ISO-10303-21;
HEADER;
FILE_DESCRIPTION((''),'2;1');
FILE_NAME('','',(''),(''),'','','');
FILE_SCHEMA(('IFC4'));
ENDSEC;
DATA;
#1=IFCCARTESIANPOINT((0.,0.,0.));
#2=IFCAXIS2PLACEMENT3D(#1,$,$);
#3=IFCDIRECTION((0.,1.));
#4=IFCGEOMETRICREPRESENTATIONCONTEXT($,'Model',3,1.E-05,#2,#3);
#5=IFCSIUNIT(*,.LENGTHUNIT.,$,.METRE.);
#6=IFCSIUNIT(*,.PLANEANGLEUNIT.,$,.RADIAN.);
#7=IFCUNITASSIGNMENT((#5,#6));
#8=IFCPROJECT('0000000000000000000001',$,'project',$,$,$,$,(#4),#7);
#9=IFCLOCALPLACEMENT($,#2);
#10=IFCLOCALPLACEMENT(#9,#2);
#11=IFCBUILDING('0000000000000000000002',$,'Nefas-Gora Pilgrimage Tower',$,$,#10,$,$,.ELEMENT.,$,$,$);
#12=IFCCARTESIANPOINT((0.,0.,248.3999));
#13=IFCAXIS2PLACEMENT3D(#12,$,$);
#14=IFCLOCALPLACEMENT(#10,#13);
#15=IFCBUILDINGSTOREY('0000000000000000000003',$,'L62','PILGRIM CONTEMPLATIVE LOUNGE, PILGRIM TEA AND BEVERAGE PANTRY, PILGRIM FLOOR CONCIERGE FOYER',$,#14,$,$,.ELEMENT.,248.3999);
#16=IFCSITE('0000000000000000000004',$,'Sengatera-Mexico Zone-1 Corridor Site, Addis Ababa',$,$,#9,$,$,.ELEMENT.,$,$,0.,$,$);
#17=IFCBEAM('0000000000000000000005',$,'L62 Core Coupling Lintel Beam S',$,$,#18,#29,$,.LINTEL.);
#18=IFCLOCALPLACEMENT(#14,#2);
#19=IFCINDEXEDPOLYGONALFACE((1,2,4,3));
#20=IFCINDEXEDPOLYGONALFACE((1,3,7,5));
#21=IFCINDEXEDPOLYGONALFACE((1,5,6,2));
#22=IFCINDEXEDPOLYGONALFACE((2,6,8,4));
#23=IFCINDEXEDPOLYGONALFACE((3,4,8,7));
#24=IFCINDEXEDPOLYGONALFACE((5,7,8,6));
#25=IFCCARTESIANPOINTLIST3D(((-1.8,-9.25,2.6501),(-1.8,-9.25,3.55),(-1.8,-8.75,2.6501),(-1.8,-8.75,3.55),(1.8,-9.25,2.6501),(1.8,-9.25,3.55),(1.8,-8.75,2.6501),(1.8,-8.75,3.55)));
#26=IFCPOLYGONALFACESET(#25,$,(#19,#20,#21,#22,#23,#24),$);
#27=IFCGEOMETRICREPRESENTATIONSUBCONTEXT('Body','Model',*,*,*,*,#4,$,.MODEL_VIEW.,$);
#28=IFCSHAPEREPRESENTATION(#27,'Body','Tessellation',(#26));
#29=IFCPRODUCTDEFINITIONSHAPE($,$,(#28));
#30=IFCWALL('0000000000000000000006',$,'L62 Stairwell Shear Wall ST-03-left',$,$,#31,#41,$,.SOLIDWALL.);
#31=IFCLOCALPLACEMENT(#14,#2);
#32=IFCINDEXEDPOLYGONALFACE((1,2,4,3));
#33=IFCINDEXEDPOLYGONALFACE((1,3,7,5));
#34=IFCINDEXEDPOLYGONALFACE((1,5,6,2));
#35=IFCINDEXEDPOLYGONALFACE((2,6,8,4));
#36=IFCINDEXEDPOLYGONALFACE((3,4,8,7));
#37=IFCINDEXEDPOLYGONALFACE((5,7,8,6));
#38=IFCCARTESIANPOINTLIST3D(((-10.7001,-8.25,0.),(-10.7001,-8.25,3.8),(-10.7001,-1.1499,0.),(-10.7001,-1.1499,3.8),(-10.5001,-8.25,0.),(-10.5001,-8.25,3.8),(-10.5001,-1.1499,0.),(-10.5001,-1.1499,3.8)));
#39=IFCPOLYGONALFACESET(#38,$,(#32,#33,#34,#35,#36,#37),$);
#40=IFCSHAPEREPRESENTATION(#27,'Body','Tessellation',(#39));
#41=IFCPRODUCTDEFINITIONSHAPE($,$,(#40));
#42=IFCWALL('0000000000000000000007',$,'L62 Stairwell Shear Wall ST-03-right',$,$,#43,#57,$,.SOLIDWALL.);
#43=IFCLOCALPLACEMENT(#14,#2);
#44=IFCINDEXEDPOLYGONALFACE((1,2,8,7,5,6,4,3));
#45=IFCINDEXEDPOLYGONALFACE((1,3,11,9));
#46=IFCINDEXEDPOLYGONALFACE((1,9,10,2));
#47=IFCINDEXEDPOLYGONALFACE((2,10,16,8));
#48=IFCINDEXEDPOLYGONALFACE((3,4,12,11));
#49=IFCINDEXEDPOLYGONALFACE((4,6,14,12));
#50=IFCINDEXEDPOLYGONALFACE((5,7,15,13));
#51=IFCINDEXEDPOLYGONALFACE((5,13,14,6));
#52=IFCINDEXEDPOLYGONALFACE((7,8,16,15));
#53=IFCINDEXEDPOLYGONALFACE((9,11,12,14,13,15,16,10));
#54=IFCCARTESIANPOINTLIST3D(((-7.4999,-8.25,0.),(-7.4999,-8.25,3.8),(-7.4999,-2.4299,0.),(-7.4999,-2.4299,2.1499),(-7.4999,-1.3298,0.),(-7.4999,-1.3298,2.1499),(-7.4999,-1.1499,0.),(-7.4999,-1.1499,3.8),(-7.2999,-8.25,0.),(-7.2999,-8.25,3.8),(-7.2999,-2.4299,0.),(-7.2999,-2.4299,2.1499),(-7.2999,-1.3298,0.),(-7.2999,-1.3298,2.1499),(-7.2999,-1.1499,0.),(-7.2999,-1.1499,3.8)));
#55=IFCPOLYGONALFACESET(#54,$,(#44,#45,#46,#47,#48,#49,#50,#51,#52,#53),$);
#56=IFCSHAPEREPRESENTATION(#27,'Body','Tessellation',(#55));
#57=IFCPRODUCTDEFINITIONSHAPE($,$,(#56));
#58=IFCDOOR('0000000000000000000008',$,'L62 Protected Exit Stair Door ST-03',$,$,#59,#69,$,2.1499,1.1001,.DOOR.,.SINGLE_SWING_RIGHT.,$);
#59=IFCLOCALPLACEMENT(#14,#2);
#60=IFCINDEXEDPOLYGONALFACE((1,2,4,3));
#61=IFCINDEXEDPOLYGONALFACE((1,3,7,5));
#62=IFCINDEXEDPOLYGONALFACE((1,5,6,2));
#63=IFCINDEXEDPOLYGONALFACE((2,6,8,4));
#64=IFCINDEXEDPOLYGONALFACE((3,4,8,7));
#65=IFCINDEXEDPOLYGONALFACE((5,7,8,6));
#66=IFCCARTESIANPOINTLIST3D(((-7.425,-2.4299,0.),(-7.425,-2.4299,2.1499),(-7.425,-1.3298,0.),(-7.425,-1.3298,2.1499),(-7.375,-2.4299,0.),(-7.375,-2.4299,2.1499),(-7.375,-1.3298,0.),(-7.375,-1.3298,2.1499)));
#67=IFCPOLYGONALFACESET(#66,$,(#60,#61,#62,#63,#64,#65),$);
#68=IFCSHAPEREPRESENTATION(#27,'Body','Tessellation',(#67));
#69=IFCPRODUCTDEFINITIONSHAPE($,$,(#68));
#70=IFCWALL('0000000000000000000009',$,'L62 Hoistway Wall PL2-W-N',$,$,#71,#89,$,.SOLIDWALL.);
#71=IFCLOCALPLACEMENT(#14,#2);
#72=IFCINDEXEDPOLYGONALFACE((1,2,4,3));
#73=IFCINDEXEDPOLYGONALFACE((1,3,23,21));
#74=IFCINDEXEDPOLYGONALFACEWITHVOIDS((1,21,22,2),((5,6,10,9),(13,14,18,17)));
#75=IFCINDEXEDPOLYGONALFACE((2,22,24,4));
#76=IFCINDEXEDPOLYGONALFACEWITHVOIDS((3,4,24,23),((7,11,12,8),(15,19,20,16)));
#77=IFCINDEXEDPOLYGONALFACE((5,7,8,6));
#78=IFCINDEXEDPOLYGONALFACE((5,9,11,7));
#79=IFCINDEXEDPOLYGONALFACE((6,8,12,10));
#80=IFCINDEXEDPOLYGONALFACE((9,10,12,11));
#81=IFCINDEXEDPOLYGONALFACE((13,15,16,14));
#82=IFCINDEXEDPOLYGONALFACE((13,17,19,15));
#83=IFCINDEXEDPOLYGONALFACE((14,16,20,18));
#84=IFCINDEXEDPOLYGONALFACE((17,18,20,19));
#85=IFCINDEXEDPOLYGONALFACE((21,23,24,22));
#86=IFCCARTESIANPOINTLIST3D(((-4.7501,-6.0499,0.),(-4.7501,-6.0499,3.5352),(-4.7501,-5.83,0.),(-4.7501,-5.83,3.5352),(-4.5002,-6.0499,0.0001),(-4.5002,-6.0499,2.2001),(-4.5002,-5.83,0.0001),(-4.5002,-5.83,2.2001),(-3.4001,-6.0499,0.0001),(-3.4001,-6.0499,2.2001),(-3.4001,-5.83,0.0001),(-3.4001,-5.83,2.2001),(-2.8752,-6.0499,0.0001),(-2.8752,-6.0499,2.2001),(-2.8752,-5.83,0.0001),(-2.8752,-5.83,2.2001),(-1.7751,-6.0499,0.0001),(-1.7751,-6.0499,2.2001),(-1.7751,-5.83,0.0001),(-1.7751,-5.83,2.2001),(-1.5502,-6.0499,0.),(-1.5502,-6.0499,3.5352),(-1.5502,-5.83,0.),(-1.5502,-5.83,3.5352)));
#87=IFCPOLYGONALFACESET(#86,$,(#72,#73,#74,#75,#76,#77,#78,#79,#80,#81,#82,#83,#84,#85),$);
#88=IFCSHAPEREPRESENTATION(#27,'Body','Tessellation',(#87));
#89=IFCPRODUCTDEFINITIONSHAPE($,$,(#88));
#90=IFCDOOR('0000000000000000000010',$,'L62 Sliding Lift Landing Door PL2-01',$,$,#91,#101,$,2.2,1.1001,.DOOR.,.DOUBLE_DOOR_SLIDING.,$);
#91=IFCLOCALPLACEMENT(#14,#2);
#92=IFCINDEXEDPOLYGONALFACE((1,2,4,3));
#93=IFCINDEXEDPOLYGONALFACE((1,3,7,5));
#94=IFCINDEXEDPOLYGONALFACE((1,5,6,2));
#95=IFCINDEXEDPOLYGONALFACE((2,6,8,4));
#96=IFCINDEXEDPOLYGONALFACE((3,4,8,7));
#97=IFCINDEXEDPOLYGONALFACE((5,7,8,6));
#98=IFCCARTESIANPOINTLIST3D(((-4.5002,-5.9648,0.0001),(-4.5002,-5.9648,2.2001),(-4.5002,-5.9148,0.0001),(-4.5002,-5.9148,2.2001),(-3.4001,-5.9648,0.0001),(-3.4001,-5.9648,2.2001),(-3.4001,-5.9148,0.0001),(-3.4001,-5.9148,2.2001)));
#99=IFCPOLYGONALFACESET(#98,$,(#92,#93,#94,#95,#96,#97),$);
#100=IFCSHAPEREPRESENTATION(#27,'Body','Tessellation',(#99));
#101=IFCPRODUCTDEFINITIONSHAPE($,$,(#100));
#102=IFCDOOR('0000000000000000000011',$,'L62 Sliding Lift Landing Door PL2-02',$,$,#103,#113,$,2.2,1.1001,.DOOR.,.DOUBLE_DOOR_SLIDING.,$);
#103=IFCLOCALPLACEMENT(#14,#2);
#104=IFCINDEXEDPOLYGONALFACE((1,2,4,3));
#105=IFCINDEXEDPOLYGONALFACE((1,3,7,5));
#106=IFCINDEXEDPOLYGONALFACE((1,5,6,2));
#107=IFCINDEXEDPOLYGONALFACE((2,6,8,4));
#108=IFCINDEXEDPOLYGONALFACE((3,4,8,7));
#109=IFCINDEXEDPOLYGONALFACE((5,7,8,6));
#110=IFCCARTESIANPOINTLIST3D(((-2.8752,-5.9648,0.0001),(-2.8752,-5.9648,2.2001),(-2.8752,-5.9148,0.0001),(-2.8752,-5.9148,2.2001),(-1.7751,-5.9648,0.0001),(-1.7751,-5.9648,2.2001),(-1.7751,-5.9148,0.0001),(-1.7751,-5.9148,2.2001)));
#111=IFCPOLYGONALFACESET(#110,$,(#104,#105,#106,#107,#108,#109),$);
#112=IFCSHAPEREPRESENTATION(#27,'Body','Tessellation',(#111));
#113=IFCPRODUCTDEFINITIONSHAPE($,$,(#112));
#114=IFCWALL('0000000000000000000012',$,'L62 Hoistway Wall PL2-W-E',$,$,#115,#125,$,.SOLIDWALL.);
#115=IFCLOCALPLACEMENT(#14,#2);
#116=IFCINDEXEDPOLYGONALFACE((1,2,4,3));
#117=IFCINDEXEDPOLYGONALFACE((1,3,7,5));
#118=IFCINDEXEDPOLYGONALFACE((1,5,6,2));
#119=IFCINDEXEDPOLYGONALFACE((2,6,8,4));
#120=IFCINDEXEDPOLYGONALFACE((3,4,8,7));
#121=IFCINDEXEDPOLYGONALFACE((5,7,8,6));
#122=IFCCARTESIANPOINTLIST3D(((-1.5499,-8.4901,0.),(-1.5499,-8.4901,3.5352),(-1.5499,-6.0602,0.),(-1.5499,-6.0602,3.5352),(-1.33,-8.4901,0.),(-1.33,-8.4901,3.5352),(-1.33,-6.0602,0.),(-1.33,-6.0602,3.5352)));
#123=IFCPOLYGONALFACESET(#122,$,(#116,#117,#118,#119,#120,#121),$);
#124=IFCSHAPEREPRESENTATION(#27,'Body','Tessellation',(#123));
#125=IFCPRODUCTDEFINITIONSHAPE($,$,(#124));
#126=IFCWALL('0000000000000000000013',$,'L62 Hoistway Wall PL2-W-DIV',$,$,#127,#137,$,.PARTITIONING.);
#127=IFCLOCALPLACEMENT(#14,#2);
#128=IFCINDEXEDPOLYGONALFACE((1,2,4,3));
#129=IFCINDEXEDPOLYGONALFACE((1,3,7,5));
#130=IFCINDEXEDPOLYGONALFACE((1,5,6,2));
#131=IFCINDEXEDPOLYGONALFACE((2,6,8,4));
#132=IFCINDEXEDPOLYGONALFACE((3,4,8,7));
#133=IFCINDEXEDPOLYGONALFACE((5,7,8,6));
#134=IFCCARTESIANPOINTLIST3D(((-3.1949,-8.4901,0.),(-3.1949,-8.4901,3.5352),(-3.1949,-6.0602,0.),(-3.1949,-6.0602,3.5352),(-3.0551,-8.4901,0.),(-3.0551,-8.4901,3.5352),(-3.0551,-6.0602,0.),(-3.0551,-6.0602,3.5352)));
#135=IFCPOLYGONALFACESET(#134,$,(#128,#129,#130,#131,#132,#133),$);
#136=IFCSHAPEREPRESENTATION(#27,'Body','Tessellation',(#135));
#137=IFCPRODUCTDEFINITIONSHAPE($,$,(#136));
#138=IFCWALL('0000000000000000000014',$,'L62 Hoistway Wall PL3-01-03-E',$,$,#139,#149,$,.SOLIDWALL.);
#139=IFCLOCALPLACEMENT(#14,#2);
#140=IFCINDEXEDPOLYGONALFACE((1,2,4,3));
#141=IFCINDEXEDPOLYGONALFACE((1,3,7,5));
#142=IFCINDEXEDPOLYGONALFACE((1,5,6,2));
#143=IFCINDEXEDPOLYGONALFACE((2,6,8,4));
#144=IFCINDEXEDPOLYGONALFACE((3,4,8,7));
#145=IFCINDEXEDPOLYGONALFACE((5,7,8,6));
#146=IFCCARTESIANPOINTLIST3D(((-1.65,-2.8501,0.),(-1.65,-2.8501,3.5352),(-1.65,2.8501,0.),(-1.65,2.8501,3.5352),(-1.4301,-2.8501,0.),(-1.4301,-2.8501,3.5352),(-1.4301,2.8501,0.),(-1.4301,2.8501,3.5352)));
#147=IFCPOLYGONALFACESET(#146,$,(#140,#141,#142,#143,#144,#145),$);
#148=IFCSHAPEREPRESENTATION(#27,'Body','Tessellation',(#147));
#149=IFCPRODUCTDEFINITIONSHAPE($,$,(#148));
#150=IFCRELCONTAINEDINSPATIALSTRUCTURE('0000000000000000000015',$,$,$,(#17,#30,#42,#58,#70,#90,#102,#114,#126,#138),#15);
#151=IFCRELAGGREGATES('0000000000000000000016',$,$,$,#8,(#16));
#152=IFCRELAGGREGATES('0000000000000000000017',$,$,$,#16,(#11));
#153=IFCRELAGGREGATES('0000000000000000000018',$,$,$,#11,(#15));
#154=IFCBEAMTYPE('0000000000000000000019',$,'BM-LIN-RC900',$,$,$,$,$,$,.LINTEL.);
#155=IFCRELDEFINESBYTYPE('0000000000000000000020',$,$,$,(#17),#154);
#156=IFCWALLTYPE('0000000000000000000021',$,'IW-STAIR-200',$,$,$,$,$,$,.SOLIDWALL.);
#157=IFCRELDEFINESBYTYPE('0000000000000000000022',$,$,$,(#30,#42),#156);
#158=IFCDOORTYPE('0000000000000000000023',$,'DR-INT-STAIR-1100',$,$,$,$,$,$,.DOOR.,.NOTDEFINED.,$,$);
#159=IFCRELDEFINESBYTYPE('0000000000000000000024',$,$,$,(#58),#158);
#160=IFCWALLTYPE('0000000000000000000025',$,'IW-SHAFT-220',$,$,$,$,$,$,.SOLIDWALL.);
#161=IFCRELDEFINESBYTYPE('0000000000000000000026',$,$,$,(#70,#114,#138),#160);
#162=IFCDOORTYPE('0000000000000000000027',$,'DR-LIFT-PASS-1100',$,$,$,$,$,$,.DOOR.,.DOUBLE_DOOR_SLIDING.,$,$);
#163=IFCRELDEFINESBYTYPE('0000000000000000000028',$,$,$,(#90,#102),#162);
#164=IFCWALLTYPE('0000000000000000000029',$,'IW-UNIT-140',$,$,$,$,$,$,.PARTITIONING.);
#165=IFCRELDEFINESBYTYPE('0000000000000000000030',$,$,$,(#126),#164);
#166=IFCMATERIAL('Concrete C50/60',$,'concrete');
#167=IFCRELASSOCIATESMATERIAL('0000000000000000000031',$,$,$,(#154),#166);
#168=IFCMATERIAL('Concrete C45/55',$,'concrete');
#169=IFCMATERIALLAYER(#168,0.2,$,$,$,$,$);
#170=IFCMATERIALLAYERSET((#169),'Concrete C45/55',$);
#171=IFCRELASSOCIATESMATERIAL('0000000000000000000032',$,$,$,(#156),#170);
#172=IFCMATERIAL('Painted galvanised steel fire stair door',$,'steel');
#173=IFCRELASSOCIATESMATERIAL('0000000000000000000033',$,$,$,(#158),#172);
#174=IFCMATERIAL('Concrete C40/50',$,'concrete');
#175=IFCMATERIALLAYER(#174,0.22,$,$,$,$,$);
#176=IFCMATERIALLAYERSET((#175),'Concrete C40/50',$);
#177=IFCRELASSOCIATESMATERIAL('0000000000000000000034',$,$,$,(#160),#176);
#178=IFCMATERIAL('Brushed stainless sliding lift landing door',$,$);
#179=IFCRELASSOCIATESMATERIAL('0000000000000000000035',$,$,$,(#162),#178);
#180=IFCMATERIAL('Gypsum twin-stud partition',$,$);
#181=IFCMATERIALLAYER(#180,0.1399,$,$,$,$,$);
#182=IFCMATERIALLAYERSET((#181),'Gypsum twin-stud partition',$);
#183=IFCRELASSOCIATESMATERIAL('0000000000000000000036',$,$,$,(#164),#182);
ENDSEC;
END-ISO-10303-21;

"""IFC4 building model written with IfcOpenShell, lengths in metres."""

from ifc_helpers import new_model, si_unit, direction, frame, frame_2d, origin, origin_2d, place, context, subcontext, project, spatial, rectangle, extrude, source, transform, mapped, material, layer, layer_set, material_profile, profile_set, type_object, element, fill, save


model = new_model("IFC4")

# Units and contexts
model_context = context("Model", 3, precision=1e-05, world=origin(), true_north=direction((0.0, 1.0)))
body_context = subcontext(model_context, "Body", "Model", "MODEL_VIEW")
ifc_project = project(units=[si_unit("LENGTHUNIT", "METRE"), si_unit("PLANEANGLEUNIT", "RADIAN")], contexts=[model_context])

# Site, building, storey
site_placement = place(None, origin())
site = spatial("IfcSite", under=ifc_project, at=site_placement, Name="Sengatera-Mexico Zone-1 Corridor Site, Addis Ababa", CompositionType="ELEMENT", RefElevation=0.0)
building_placement = place(site_placement, origin())
building = spatial("IfcBuilding", under=site, at=building_placement, Name="Nefas-Gora Pilgrimage Tower", CompositionType="ELEMENT")
storey_placement = place(building_placement, frame((0.0, 0.0, 248.3999)))
storey = spatial("IfcBuildingStorey", under=building, at=storey_placement, Name="L62", Description="PILGRIM CONTEMPLATIVE LOUNGE, PILGRIM TEA AND BEVERAGE PANTRY, PILGRIM FLOOR CONCIERGE FOYER", CompositionType="ELEMENT", Elevation=248.3999)

# Beam
ifc_material_1 = material(Name="Concrete C50/60", Category="concrete")
ifc_material_profile = material_profile(ifc_material_1, rectangle(XDim=0.5, YDim=0.8999, at=origin_2d()), Name="RC 500x900")
ifc_profile_set = profile_set([ifc_material_profile], Name="Concrete C50/60")
beam_type = type_object("IfcBeamType", Name="BM-LIN-RC900", PredefinedType="LINTEL", material=ifc_profile_set)
shared_shape_1 = source(origin(), body_context, "Body", "SweptSolid", [
    extrude(rectangle(XDim=0.5, YDim=0.8999, at=origin_2d()), origin(), (0.0, 0.0, 1.0), 3.6001),
])
beam_placement = place(storey_placement, frame((-1.8, -9.0, 3.1001), z_axis=(1.0, 0.0, 0.0), x_axis=(0.0, 1.0, 0.0)))
element("IfcBeam", 1, at=beam_placement, inside=storey, type_object=beam_type, Name="L62 Core Coupling Lintel Beam S", PredefinedType="LINTEL", context=body_context, shape_type="MappedRepresentation", body=[
    mapped(shared_shape_1, transform((0.0, 0.0, 0.0), x_axis=(1.0, 0.0, 0.0), y_axis=(0.0, 1.0, 0.0), z_axis=(0.0, 0.0, 1.0), scale=1.0)),
])

# Wall
ifc_material_2 = material(Name="Concrete C45/55", Category="concrete")
ifc_layer_1 = layer(ifc_material_2, 0.2)
ifc_layer_set_1 = layer_set([ifc_layer_1], Name="Concrete C45/55")
wall_type_1 = type_object("IfcWallType", Name="IW-STAIR-200", PredefinedType="SOLIDWALL", material=ifc_layer_set_1)
shared_shape_2 = source(origin(), body_context, "Body", "SweptSolid", [
    extrude(rectangle(XDim=7.1001, YDim=0.2, at=frame_2d((3.55, 0.0))), origin(), (0.0, 0.0, 1.0), 3.8),
])
wall_1_placement = place(storey_placement, frame((-10.6001, -1.1499, 0.0), z_axis=(0.0, 0.0, 1.0), x_axis=(0.0, -1.0, 0.0)))
element("IfcWall", 2, at=wall_1_placement, inside=storey, type_object=wall_type_1, Name="L62 Stairwell Shear Wall ST-03-left", PredefinedType="SOLIDWALL", context=body_context, shape_type="MappedRepresentation", body=[
    mapped(shared_shape_2, transform((0.0, 0.0, 0.0), x_axis=(1.0, 0.0, 0.0), y_axis=(0.0, 1.0, 0.0), z_axis=(0.0, 0.0, 1.0), scale=1.0)),
])

# Wall, opening, door
wall_2_placement = place(storey_placement, frame((-7.3999, -1.1499, 0.0), z_axis=(0.0, 0.0, 1.0), x_axis=(0.0, -1.0, 0.0)))
wall_2 = element("IfcWall", 3, at=wall_2_placement, inside=storey, type_object=wall_type_1, Name="L62 Stairwell Shear Wall ST-03-right", PredefinedType="SOLIDWALL", context=body_context, shape_type="MappedRepresentation", body=[
    mapped(shared_shape_2, transform((0.0, 0.0, 0.0), x_axis=(1.0, 0.0, 0.0), y_axis=(0.0, 1.0, 0.0), z_axis=(0.0, 0.0, 1.0), scale=1.0)),
])
opening_1_placement = place(wall_2_placement, frame((0.1799, 0.0, 0.0)))
opening_1 = element("IfcOpeningElement", 4, at=opening_1_placement, cuts=wall_2, PredefinedType="OPENING", context=body_context, shape_type="SweptSolid", body=[
    extrude(rectangle(XDim=1.1001, YDim=2.1499, at=frame_2d((0.55, 1.075))), frame((0.0, 0.1099, 0.0), z_axis=(0.0, -1.0, 0.0), x_axis=(1.0, 0.0, 0.0)), (0.0, 0.0, 1.0), 0.22),
])
ifc_material_3 = material(Name="Painted galvanised steel fire stair door", Category="steel")
door_type_1 = type_object("IfcDoorType", Name="DR-INT-STAIR-1100", OperationType="NOTDEFINED", PredefinedType="DOOR", material=ifc_material_3)
shared_shape_3 = source(origin(), body_context, "Body", "SweptSolid", [
    extrude(rectangle(XDim=1.1001, YDim=2.1499, at=frame_2d((0.55, 1.075))), frame((0.0, 0.0249, 0.0), z_axis=(0.0, -1.0, 0.0), x_axis=(1.0, 0.0, 0.0)), (0.0, 0.0, 1.0), 0.05),
])
door_1_placement = place(opening_1_placement, origin())
door_1 = element("IfcDoor", 5, at=door_1_placement, inside=storey, type_object=door_type_1, Name="L62 Protected Exit Stair Door ST-03", OperationType="SINGLE_SWING_RIGHT", OverallHeight=2.1499, OverallWidth=1.1001, PredefinedType="DOOR", context=body_context, shape_type="MappedRepresentation", body=[
    mapped(shared_shape_3, transform((0.0, 0.0, 0.0), x_axis=(1.0, 0.0, 0.0), y_axis=(0.0, 1.0, 0.0), z_axis=(0.0, 0.0, 1.0), scale=1.0)),
])
fill(opening_1, door_1)

# Wall, openings, doors
ifc_material_4 = material(Name="Concrete C40/50", Category="concrete")
ifc_layer_2 = layer(ifc_material_4, 0.22)
ifc_layer_set_2 = layer_set([ifc_layer_2], Name="Concrete C40/50")
wall_type_2 = type_object("IfcWallType", Name="IW-SHAFT-220", PredefinedType="SOLIDWALL", material=ifc_layer_set_2)
shared_shape_4 = source(origin(), body_context, "Body", "SweptSolid", [
    extrude(rectangle(XDim=3.2, YDim=0.22, at=frame_2d((1.6001, 0.0))), origin(), (0.0, 0.0, 1.0), 3.5352),
])
wall_3_placement = place(storey_placement, frame((-1.55, -5.9399, 0.0), z_axis=(0.0, 0.0, 1.0), x_axis=(-1.0, 0.0, 0.0)))
wall_3 = element("IfcWall", 6, at=wall_3_placement, inside=storey, type_object=wall_type_2, Name="L62 Hoistway Wall PL2-W-N", PredefinedType="SOLIDWALL", context=body_context, shape_type="MappedRepresentation", body=[
    mapped(shared_shape_4, transform((0.0, 0.0, 0.0), x_axis=(1.0, 0.0, 0.0), y_axis=(0.0, 1.0, 0.0), z_axis=(0.0, 0.0, 1.0), scale=1.0)),
])
opening_2_placement = place(wall_3_placement, frame((1.8501, 0.0, 0.0)))
opening_2 = element("IfcOpeningElement", 7, at=opening_2_placement, cuts=wall_3, PredefinedType="OPENING", context=body_context, shape_type="SweptSolid", body=[
    extrude(rectangle(XDim=1.1001, YDim=2.2, at=frame_2d((0.55, 1.1001))), frame((0.0, 0.1199, 0.0), z_axis=(0.0, -1.0, 0.0), x_axis=(1.0, 0.0, 0.0)), (0.0, 0.0, 1.0), 0.24),
])
opening_3_placement = place(wall_3_placement, frame((0.2251, 0.0, 0.0)))
opening_3 = element("IfcOpeningElement", 8, at=opening_3_placement, cuts=wall_3, PredefinedType="OPENING", context=body_context, shape_type="SweptSolid", body=[
    extrude(rectangle(XDim=1.1001, YDim=2.2, at=frame_2d((0.55, 1.1001))), frame((0.0, 0.1199, 0.0), z_axis=(0.0, -1.0, 0.0), x_axis=(1.0, 0.0, 0.0)), (0.0, 0.0, 1.0), 0.24),
])
ifc_material_5 = material(Name="Brushed stainless sliding lift landing door")
door_type_2 = type_object("IfcDoorType", Name="DR-LIFT-PASS-1100", OperationType="DOUBLE_DOOR_SLIDING", PredefinedType="DOOR", material=ifc_material_5)
shared_shape_5 = source(origin(), body_context, "Body", "SweptSolid", [
    extrude(rectangle(XDim=1.1001, YDim=2.2, at=frame_2d((0.55, 1.1001))), frame((0.0, 0.0249, 0.0), z_axis=(0.0, -1.0, 0.0), x_axis=(1.0, 0.0, 0.0)), (0.0, 0.0, 1.0), 0.05),
])
door_2_placement = place(opening_2_placement, origin())
door_2 = element("IfcDoor", 9, at=door_2_placement, inside=storey, type_object=door_type_2, Name="L62 Sliding Lift Landing Door PL2-01", OperationType="DOUBLE_DOOR_SLIDING", OverallHeight=2.2, OverallWidth=1.1001, PredefinedType="DOOR", context=body_context, shape_type="MappedRepresentation", body=[
    mapped(shared_shape_5, transform((0.0, 0.0, 0.0), x_axis=(1.0, 0.0, 0.0), y_axis=(0.0, 1.0, 0.0), z_axis=(0.0, 0.0, 1.0), scale=1.0)),
])
fill(opening_2, door_2)
door_3_placement = place(opening_3_placement, origin())
door_3 = element("IfcDoor", 10, at=door_3_placement, inside=storey, type_object=door_type_2, Name="L62 Sliding Lift Landing Door PL2-02", OperationType="DOUBLE_DOOR_SLIDING", OverallHeight=2.2, OverallWidth=1.1001, PredefinedType="DOOR", context=body_context, shape_type="MappedRepresentation", body=[
    mapped(shared_shape_5, transform((0.0, 0.0, 0.0), x_axis=(1.0, 0.0, 0.0), y_axis=(0.0, 1.0, 0.0), z_axis=(0.0, 0.0, 1.0), scale=1.0)),
])
fill(opening_3, door_3)

# Walls
shared_shape_6 = source(origin(), body_context, "Body", "SweptSolid", [
    extrude(rectangle(XDim=2.4299, YDim=0.22, at=frame_2d((1.2148, 0.0))), origin(), (0.0, 0.0, 1.0), 3.5352),
])
for number, where, z_axis, x_axis, name in (
    (11, (-1.4399, -8.49, 0.0), (0.0, 0.0, 1.0), (0.0, 1.0, 0.0), "L62 Hoistway Wall PL2-W-E"),
):
    element("IfcWall", number, at=place(storey_placement, frame(where, z_axis=z_axis, x_axis=x_axis)), inside=storey, type_object=wall_type_2, Name=name, PredefinedType="SOLIDWALL", context=body_context, shape_type="MappedRepresentation", body=[
        mapped(shared_shape_6, transform((0.0, 0.0, 0.0), x_axis=(1.0, 0.0, 0.0), y_axis=(0.0, 1.0, 0.0), z_axis=(0.0, 0.0, 1.0), scale=1.0)),
    ])
ifc_material_6 = material(Name="Gypsum twin-stud partition")
ifc_layer_3 = layer(ifc_material_6, 0.1399)
ifc_layer_set_3 = layer_set([ifc_layer_3], Name="Gypsum twin-stud partition")
wall_type_3 = type_object("IfcWallType", Name="IW-UNIT-140", PredefinedType="PARTITIONING", material=ifc_layer_set_3)
shared_shape_7 = source(origin(), body_context, "Body", "SweptSolid", [
    extrude(rectangle(XDim=2.4299, YDim=0.1399, at=frame_2d((1.2148, 0.0))), origin(), (0.0, 0.0, 1.0), 3.5352),
])
wall_4_placement = place(storey_placement, frame((-3.125, -8.49, 0.0), z_axis=(0.0, 0.0, 1.0), x_axis=(0.0, 1.0, 0.0)))
element("IfcWall", 12, at=wall_4_placement, inside=storey, type_object=wall_type_3, Name="L62 Hoistway Wall PL2-W-DIV", PredefinedType="PARTITIONING", context=body_context, shape_type="MappedRepresentation", body=[
    mapped(shared_shape_7, transform((0.0, 0.0, 0.0), x_axis=(1.0, 0.0, 0.0), y_axis=(0.0, 1.0, 0.0), z_axis=(0.0, 0.0, 1.0), scale=1.0)),
])
shared_shape_8 = source(origin(), body_context, "Body", "SweptSolid", [
    extrude(rectangle(XDim=5.7002, YDim=0.22, at=frame_2d((2.8501, 0.0))), origin(), (0.0, 0.0, 1.0), 3.5352),
])
wall_5_placement = place(storey_placement, frame((-1.54, -2.8501, 0.0), z_axis=(0.0, 0.0, 1.0), x_axis=(0.0, 1.0, 0.0)))
element("IfcWall", 13, at=wall_5_placement, inside=storey, type_object=wall_type_2, Name="L62 Hoistway Wall PL3-01-03-E", PredefinedType="SOLIDWALL", context=body_context, shape_type="MappedRepresentation", body=[
    mapped(shared_shape_8, transform((0.0, 0.0, 0.0), x_axis=(1.0, 0.0, 0.0), y_axis=(0.0, 1.0, 0.0), z_axis=(0.0, 0.0, 1.0), scale=1.0)),
])

save(model, "model.ifc")
